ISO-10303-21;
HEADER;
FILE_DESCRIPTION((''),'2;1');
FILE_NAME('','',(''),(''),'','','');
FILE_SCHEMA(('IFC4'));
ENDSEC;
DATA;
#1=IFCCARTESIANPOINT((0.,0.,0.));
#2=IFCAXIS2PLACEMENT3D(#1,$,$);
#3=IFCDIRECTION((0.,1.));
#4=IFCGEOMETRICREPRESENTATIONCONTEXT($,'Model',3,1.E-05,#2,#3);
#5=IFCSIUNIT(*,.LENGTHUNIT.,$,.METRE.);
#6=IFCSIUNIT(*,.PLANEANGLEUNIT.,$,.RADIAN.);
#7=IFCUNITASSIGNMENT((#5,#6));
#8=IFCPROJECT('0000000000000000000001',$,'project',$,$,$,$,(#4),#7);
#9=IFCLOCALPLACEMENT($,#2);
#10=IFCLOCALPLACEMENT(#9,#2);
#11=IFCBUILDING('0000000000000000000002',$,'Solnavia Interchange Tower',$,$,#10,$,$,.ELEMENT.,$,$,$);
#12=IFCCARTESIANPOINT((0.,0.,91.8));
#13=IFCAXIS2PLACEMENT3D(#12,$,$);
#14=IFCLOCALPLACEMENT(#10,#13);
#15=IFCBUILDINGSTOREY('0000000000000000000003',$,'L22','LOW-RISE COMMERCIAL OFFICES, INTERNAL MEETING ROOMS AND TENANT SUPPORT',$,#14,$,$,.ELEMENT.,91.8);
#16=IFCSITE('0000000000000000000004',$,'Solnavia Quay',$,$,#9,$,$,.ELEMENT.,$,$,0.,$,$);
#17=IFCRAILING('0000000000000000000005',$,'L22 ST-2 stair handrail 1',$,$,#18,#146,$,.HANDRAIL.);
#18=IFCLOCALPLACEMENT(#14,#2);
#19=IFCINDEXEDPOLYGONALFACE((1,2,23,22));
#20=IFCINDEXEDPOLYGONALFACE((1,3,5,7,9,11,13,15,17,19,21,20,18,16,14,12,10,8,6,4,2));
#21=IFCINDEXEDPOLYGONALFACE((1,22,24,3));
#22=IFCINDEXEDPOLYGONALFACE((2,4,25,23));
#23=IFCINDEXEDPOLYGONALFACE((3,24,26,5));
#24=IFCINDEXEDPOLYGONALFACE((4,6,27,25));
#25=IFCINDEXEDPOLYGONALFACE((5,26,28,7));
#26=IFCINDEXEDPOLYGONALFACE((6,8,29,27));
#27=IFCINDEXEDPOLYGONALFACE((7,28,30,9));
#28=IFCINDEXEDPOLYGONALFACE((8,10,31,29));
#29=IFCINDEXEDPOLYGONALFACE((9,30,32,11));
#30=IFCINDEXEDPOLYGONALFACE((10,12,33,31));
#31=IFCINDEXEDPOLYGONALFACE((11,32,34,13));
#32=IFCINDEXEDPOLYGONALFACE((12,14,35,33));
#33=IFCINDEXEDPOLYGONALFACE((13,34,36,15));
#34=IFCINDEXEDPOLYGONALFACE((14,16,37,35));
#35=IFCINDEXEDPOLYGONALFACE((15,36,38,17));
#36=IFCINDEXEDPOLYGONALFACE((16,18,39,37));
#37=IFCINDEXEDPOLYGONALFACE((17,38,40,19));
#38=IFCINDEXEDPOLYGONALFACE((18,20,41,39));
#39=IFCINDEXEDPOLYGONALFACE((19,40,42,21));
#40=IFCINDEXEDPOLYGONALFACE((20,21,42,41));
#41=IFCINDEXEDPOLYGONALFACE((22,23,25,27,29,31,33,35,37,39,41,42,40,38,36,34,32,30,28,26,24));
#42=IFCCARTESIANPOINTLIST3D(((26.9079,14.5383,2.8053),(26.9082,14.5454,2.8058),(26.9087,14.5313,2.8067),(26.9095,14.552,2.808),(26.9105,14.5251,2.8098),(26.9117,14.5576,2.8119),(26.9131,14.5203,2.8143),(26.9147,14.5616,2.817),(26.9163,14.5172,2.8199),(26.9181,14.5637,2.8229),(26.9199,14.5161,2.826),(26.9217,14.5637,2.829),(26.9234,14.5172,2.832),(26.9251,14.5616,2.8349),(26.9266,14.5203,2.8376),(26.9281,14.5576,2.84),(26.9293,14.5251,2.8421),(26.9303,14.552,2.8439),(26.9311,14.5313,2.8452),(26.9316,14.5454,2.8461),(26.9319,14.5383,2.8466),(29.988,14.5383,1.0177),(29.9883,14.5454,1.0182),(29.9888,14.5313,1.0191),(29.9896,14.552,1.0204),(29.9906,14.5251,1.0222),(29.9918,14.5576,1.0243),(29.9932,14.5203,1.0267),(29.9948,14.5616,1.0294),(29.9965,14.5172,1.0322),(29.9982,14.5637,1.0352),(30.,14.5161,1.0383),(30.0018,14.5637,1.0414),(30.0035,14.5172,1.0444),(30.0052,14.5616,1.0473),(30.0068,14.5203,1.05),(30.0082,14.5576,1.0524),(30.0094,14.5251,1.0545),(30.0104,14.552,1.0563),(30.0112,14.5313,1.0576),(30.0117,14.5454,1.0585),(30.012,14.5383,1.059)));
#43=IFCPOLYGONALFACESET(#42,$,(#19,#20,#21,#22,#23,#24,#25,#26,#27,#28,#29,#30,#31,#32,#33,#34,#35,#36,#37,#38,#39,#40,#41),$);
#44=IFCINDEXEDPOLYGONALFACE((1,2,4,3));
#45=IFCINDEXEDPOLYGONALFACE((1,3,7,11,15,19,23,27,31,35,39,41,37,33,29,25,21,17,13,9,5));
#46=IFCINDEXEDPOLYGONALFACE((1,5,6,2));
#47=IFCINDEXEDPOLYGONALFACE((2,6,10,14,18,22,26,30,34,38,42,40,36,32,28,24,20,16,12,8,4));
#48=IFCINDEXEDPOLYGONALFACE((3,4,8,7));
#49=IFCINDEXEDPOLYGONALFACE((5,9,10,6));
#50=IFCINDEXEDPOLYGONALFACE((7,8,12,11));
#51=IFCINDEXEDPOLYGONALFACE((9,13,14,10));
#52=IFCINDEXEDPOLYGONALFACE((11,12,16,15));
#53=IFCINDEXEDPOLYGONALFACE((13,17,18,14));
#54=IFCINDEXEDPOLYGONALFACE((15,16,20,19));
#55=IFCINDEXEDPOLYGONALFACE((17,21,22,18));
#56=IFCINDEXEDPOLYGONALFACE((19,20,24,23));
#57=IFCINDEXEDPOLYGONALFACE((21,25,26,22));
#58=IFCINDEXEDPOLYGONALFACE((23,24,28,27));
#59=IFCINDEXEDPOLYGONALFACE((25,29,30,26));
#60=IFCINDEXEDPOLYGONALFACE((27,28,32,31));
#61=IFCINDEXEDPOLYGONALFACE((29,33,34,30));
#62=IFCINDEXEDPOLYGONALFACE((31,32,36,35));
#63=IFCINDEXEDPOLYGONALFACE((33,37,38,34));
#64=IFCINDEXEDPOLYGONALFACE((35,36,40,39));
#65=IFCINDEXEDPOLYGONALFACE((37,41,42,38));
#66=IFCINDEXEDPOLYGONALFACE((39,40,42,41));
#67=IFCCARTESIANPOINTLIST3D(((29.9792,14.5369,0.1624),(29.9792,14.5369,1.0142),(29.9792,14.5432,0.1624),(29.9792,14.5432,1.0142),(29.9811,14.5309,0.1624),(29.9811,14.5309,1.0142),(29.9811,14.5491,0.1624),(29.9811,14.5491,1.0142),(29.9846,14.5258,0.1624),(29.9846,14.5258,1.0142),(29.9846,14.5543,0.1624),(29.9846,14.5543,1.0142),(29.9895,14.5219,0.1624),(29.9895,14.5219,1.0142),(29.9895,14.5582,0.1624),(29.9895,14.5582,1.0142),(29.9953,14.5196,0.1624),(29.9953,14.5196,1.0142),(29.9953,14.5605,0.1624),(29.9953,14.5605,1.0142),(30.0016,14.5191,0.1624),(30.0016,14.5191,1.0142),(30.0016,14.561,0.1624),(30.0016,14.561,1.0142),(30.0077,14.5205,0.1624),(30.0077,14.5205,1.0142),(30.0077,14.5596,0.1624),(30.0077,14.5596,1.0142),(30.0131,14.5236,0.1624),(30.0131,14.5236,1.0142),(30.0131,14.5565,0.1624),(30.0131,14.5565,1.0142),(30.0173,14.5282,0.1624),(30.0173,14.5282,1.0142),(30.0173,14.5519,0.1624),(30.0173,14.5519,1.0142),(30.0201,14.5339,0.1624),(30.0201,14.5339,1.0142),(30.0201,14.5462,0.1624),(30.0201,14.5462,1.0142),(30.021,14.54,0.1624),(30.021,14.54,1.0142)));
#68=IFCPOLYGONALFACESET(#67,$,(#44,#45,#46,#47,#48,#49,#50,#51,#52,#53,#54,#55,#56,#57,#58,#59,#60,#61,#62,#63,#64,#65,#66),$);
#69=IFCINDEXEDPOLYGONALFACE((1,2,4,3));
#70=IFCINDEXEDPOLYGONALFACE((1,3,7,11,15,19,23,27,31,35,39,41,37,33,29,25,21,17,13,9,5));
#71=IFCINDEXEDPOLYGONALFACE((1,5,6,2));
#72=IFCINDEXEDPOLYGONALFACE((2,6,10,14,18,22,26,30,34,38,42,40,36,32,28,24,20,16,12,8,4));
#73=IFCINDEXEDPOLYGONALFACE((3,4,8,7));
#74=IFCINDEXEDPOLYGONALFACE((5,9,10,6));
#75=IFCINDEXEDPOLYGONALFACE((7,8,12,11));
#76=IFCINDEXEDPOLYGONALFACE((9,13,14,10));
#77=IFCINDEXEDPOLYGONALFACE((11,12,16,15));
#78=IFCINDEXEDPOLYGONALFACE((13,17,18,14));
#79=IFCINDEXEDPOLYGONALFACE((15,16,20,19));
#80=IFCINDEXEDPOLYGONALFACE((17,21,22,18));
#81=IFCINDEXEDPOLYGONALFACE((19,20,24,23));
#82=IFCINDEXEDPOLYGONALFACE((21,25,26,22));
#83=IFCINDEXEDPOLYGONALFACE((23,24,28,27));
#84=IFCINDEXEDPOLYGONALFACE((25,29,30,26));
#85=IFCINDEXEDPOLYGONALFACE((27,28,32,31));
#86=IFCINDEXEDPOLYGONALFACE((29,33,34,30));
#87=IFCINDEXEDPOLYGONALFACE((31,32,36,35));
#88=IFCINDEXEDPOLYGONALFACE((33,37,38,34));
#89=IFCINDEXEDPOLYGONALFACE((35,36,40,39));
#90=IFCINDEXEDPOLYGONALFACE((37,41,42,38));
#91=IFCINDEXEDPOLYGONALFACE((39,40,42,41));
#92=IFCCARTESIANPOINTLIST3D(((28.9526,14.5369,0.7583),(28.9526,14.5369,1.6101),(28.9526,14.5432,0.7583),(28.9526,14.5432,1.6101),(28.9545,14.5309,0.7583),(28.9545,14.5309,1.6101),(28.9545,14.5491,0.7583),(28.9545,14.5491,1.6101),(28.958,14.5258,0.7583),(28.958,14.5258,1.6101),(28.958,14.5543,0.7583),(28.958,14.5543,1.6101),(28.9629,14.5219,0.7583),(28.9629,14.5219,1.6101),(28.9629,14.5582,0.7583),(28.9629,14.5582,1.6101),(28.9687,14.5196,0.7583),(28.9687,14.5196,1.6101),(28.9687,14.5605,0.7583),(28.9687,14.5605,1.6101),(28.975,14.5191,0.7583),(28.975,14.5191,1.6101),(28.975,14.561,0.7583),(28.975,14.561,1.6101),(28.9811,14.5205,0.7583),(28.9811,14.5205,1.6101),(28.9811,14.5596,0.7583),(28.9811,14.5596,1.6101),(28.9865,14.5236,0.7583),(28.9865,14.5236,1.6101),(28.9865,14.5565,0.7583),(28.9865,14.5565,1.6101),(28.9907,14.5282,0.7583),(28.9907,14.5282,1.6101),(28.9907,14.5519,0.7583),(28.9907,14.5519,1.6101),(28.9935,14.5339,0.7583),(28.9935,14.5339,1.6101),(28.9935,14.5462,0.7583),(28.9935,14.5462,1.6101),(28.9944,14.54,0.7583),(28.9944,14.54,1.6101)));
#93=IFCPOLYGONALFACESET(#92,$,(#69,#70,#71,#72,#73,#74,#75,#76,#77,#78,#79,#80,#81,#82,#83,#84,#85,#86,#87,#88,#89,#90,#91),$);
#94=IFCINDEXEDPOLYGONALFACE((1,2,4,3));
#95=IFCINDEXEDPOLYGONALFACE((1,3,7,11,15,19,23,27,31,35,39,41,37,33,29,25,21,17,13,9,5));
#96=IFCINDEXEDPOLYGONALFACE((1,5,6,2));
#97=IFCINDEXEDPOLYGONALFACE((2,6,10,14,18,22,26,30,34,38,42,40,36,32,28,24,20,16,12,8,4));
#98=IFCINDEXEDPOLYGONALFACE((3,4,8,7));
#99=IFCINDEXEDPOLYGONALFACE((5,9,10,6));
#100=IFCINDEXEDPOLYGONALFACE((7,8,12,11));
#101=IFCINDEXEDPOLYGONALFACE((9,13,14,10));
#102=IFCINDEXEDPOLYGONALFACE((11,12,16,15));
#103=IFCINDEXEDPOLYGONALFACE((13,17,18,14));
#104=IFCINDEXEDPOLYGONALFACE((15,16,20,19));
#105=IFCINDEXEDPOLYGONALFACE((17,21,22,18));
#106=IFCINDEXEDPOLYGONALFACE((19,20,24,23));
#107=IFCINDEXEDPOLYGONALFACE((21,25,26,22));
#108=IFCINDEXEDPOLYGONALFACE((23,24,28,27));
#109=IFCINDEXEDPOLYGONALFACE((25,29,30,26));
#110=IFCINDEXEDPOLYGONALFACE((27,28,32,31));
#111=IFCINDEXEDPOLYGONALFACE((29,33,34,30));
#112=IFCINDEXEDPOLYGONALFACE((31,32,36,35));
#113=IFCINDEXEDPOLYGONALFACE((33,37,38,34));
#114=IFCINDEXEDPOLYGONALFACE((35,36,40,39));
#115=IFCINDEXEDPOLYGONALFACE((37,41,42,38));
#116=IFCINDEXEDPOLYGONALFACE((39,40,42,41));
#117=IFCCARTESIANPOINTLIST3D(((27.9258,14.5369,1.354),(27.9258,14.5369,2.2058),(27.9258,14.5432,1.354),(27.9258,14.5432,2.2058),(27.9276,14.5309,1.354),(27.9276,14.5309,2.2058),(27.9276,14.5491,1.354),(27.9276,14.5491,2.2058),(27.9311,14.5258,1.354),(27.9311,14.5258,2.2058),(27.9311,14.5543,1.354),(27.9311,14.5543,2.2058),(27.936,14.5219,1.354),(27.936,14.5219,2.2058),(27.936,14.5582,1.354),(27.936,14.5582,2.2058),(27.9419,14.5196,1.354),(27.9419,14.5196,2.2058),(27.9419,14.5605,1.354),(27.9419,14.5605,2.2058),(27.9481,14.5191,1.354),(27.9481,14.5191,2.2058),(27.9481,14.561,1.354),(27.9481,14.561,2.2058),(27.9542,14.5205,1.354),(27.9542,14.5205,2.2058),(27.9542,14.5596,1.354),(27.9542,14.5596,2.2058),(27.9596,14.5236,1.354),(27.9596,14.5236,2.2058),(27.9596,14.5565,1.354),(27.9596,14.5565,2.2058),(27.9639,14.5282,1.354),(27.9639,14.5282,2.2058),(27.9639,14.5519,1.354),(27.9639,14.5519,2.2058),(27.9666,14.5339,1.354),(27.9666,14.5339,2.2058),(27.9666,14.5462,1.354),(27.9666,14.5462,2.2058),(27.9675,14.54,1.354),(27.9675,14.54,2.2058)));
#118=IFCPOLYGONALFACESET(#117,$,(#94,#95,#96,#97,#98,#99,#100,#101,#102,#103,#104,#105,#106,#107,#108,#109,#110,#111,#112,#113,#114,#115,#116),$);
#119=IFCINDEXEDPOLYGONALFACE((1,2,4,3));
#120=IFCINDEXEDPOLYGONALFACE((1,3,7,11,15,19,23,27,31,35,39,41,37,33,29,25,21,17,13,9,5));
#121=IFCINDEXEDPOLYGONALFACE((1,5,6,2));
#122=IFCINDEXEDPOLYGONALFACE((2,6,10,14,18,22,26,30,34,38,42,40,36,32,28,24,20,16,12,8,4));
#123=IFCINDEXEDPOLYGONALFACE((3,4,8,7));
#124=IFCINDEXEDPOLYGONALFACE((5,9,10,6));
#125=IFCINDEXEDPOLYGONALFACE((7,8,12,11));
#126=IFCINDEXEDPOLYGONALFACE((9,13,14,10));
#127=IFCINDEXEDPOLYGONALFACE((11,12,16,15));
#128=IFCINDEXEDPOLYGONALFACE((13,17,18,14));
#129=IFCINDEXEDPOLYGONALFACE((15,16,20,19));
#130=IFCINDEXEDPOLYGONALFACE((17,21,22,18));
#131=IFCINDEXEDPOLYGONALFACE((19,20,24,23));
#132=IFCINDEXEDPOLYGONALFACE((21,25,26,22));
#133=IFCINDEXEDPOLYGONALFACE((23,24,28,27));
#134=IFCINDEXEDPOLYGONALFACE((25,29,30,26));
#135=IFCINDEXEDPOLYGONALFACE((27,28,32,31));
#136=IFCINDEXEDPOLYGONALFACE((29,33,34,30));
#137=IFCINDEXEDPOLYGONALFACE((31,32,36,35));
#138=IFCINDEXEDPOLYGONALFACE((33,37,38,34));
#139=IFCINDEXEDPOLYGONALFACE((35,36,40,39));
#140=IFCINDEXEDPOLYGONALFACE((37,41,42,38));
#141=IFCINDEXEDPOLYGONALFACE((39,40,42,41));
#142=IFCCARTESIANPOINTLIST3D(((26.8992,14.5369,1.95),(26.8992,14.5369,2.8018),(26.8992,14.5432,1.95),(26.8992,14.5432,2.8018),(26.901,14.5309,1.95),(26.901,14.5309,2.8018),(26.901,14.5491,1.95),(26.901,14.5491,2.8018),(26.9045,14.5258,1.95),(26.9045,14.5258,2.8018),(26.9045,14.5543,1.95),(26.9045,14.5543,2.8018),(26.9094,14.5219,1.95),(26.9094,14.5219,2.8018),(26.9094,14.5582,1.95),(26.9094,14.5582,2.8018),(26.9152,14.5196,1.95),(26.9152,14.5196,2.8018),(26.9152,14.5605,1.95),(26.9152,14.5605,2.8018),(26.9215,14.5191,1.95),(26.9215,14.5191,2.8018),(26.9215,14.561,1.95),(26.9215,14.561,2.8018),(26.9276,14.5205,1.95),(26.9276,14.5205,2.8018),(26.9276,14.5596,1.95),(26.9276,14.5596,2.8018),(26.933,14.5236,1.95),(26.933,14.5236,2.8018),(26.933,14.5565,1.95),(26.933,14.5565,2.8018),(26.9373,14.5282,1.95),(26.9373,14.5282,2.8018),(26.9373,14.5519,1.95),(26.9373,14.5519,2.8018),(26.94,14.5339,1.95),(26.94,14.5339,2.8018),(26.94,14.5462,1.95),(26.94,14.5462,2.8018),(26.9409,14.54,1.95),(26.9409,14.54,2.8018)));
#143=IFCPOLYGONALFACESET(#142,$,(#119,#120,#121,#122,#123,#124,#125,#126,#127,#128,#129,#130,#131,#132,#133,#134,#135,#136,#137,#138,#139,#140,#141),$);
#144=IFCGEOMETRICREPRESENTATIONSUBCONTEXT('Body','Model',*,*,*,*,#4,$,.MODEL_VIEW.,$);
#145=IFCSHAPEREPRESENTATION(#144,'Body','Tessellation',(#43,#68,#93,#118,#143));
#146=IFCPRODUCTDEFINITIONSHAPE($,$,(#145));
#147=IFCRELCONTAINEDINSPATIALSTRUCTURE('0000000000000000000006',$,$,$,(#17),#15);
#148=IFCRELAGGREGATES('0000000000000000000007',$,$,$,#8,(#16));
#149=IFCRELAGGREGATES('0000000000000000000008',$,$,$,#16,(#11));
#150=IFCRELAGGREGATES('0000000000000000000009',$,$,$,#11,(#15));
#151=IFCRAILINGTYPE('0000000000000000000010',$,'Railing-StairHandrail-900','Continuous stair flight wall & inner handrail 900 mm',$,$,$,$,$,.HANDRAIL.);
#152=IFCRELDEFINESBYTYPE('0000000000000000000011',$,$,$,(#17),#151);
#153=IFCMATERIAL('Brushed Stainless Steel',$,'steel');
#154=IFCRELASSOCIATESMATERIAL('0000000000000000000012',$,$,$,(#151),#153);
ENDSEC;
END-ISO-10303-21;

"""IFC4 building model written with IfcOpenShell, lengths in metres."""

from ifc_helpers import new_model, si_unit, direction, frame, origin, origin_2d, place, context, subcontext, project, spatial, circle, extrude, material, type_object, element, save


model = new_model("IFC4")

# Units and contexts
model_context = context("Model", 3, precision=1e-05, world=origin(), true_north=direction((0.0, 1.0)))
body_context = subcontext(model_context, "Body", "Model", "MODEL_VIEW")
ifc_project = project(units=[si_unit("LENGTHUNIT", "METRE"), si_unit("PLANEANGLEUNIT", "RADIAN")], contexts=[model_context])

# Site, building, storey
site_placement = place(None, origin())
site = spatial("IfcSite", under=ifc_project, at=site_placement, Name="Solnavia Quay", CompositionType="ELEMENT", RefElevation=0.0)
building_placement = place(site_placement, origin())
building = spatial("IfcBuilding", under=site, at=building_placement, Name="Solnavia Interchange Tower", CompositionType="ELEMENT")
storey_placement = place(building_placement, frame((0.0, 0.0, 91.8)))
storey = spatial("IfcBuildingStorey", under=building, at=storey_placement, Name="L22", Description="LOW-RISE COMMERCIAL OFFICES, INTERNAL MEETING ROOMS AND TENANT SUPPORT", CompositionType="ELEMENT", Elevation=91.8)

# Railing
ifc_material_1 = material(Name="Brushed Stainless Steel", Category="steel")
railing_type = type_object("IfcRailingType", Name="Railing-StairHandrail-900", Description="Continuous stair flight wall & inner handrail 900 mm", PredefinedType="HANDRAIL", material=ifc_material_1)
railing_placement = place(storey_placement, frame((30.0, 14.54, 0.1624)))
element("IfcRailing", 1, at=railing_placement, inside=storey, type_object=railing_type, Name="L22 ST-2 stair handrail 1", PredefinedType="HANDRAIL", context=body_context, shape_type="SweptSolid", body=[
    extrude(circle(Radius=0.0239, at=origin_2d()), frame((0.0, 0.0, 0.876), z_axis=(-0.864891, 0.0, 0.50196), x_axis=(0.0, -1.0, 0.0)), (0.0, 0.0, 1.0), 3.5613),
    extrude(circle(Radius=0.021, at=origin_2d()), origin(), (0.0, 0.0, 1.0), 0.8518),
    extrude(circle(Radius=0.021, at=origin_2d()), frame((-1.0266, 0.0, 0.5959)), (0.0, 0.0, 1.0), 0.8518),
    extrude(circle(Radius=0.021, at=origin_2d()), frame((-2.0535, 0.0, 1.1917)), (0.0, 0.0, 1.0), 0.8518),
    extrude(circle(Radius=0.021, at=origin_2d()), frame((-3.0801, 0.0, 1.7876)), (0.0, 0.0, 1.0), 0.8518),
])

save(model, "model.ifc")
